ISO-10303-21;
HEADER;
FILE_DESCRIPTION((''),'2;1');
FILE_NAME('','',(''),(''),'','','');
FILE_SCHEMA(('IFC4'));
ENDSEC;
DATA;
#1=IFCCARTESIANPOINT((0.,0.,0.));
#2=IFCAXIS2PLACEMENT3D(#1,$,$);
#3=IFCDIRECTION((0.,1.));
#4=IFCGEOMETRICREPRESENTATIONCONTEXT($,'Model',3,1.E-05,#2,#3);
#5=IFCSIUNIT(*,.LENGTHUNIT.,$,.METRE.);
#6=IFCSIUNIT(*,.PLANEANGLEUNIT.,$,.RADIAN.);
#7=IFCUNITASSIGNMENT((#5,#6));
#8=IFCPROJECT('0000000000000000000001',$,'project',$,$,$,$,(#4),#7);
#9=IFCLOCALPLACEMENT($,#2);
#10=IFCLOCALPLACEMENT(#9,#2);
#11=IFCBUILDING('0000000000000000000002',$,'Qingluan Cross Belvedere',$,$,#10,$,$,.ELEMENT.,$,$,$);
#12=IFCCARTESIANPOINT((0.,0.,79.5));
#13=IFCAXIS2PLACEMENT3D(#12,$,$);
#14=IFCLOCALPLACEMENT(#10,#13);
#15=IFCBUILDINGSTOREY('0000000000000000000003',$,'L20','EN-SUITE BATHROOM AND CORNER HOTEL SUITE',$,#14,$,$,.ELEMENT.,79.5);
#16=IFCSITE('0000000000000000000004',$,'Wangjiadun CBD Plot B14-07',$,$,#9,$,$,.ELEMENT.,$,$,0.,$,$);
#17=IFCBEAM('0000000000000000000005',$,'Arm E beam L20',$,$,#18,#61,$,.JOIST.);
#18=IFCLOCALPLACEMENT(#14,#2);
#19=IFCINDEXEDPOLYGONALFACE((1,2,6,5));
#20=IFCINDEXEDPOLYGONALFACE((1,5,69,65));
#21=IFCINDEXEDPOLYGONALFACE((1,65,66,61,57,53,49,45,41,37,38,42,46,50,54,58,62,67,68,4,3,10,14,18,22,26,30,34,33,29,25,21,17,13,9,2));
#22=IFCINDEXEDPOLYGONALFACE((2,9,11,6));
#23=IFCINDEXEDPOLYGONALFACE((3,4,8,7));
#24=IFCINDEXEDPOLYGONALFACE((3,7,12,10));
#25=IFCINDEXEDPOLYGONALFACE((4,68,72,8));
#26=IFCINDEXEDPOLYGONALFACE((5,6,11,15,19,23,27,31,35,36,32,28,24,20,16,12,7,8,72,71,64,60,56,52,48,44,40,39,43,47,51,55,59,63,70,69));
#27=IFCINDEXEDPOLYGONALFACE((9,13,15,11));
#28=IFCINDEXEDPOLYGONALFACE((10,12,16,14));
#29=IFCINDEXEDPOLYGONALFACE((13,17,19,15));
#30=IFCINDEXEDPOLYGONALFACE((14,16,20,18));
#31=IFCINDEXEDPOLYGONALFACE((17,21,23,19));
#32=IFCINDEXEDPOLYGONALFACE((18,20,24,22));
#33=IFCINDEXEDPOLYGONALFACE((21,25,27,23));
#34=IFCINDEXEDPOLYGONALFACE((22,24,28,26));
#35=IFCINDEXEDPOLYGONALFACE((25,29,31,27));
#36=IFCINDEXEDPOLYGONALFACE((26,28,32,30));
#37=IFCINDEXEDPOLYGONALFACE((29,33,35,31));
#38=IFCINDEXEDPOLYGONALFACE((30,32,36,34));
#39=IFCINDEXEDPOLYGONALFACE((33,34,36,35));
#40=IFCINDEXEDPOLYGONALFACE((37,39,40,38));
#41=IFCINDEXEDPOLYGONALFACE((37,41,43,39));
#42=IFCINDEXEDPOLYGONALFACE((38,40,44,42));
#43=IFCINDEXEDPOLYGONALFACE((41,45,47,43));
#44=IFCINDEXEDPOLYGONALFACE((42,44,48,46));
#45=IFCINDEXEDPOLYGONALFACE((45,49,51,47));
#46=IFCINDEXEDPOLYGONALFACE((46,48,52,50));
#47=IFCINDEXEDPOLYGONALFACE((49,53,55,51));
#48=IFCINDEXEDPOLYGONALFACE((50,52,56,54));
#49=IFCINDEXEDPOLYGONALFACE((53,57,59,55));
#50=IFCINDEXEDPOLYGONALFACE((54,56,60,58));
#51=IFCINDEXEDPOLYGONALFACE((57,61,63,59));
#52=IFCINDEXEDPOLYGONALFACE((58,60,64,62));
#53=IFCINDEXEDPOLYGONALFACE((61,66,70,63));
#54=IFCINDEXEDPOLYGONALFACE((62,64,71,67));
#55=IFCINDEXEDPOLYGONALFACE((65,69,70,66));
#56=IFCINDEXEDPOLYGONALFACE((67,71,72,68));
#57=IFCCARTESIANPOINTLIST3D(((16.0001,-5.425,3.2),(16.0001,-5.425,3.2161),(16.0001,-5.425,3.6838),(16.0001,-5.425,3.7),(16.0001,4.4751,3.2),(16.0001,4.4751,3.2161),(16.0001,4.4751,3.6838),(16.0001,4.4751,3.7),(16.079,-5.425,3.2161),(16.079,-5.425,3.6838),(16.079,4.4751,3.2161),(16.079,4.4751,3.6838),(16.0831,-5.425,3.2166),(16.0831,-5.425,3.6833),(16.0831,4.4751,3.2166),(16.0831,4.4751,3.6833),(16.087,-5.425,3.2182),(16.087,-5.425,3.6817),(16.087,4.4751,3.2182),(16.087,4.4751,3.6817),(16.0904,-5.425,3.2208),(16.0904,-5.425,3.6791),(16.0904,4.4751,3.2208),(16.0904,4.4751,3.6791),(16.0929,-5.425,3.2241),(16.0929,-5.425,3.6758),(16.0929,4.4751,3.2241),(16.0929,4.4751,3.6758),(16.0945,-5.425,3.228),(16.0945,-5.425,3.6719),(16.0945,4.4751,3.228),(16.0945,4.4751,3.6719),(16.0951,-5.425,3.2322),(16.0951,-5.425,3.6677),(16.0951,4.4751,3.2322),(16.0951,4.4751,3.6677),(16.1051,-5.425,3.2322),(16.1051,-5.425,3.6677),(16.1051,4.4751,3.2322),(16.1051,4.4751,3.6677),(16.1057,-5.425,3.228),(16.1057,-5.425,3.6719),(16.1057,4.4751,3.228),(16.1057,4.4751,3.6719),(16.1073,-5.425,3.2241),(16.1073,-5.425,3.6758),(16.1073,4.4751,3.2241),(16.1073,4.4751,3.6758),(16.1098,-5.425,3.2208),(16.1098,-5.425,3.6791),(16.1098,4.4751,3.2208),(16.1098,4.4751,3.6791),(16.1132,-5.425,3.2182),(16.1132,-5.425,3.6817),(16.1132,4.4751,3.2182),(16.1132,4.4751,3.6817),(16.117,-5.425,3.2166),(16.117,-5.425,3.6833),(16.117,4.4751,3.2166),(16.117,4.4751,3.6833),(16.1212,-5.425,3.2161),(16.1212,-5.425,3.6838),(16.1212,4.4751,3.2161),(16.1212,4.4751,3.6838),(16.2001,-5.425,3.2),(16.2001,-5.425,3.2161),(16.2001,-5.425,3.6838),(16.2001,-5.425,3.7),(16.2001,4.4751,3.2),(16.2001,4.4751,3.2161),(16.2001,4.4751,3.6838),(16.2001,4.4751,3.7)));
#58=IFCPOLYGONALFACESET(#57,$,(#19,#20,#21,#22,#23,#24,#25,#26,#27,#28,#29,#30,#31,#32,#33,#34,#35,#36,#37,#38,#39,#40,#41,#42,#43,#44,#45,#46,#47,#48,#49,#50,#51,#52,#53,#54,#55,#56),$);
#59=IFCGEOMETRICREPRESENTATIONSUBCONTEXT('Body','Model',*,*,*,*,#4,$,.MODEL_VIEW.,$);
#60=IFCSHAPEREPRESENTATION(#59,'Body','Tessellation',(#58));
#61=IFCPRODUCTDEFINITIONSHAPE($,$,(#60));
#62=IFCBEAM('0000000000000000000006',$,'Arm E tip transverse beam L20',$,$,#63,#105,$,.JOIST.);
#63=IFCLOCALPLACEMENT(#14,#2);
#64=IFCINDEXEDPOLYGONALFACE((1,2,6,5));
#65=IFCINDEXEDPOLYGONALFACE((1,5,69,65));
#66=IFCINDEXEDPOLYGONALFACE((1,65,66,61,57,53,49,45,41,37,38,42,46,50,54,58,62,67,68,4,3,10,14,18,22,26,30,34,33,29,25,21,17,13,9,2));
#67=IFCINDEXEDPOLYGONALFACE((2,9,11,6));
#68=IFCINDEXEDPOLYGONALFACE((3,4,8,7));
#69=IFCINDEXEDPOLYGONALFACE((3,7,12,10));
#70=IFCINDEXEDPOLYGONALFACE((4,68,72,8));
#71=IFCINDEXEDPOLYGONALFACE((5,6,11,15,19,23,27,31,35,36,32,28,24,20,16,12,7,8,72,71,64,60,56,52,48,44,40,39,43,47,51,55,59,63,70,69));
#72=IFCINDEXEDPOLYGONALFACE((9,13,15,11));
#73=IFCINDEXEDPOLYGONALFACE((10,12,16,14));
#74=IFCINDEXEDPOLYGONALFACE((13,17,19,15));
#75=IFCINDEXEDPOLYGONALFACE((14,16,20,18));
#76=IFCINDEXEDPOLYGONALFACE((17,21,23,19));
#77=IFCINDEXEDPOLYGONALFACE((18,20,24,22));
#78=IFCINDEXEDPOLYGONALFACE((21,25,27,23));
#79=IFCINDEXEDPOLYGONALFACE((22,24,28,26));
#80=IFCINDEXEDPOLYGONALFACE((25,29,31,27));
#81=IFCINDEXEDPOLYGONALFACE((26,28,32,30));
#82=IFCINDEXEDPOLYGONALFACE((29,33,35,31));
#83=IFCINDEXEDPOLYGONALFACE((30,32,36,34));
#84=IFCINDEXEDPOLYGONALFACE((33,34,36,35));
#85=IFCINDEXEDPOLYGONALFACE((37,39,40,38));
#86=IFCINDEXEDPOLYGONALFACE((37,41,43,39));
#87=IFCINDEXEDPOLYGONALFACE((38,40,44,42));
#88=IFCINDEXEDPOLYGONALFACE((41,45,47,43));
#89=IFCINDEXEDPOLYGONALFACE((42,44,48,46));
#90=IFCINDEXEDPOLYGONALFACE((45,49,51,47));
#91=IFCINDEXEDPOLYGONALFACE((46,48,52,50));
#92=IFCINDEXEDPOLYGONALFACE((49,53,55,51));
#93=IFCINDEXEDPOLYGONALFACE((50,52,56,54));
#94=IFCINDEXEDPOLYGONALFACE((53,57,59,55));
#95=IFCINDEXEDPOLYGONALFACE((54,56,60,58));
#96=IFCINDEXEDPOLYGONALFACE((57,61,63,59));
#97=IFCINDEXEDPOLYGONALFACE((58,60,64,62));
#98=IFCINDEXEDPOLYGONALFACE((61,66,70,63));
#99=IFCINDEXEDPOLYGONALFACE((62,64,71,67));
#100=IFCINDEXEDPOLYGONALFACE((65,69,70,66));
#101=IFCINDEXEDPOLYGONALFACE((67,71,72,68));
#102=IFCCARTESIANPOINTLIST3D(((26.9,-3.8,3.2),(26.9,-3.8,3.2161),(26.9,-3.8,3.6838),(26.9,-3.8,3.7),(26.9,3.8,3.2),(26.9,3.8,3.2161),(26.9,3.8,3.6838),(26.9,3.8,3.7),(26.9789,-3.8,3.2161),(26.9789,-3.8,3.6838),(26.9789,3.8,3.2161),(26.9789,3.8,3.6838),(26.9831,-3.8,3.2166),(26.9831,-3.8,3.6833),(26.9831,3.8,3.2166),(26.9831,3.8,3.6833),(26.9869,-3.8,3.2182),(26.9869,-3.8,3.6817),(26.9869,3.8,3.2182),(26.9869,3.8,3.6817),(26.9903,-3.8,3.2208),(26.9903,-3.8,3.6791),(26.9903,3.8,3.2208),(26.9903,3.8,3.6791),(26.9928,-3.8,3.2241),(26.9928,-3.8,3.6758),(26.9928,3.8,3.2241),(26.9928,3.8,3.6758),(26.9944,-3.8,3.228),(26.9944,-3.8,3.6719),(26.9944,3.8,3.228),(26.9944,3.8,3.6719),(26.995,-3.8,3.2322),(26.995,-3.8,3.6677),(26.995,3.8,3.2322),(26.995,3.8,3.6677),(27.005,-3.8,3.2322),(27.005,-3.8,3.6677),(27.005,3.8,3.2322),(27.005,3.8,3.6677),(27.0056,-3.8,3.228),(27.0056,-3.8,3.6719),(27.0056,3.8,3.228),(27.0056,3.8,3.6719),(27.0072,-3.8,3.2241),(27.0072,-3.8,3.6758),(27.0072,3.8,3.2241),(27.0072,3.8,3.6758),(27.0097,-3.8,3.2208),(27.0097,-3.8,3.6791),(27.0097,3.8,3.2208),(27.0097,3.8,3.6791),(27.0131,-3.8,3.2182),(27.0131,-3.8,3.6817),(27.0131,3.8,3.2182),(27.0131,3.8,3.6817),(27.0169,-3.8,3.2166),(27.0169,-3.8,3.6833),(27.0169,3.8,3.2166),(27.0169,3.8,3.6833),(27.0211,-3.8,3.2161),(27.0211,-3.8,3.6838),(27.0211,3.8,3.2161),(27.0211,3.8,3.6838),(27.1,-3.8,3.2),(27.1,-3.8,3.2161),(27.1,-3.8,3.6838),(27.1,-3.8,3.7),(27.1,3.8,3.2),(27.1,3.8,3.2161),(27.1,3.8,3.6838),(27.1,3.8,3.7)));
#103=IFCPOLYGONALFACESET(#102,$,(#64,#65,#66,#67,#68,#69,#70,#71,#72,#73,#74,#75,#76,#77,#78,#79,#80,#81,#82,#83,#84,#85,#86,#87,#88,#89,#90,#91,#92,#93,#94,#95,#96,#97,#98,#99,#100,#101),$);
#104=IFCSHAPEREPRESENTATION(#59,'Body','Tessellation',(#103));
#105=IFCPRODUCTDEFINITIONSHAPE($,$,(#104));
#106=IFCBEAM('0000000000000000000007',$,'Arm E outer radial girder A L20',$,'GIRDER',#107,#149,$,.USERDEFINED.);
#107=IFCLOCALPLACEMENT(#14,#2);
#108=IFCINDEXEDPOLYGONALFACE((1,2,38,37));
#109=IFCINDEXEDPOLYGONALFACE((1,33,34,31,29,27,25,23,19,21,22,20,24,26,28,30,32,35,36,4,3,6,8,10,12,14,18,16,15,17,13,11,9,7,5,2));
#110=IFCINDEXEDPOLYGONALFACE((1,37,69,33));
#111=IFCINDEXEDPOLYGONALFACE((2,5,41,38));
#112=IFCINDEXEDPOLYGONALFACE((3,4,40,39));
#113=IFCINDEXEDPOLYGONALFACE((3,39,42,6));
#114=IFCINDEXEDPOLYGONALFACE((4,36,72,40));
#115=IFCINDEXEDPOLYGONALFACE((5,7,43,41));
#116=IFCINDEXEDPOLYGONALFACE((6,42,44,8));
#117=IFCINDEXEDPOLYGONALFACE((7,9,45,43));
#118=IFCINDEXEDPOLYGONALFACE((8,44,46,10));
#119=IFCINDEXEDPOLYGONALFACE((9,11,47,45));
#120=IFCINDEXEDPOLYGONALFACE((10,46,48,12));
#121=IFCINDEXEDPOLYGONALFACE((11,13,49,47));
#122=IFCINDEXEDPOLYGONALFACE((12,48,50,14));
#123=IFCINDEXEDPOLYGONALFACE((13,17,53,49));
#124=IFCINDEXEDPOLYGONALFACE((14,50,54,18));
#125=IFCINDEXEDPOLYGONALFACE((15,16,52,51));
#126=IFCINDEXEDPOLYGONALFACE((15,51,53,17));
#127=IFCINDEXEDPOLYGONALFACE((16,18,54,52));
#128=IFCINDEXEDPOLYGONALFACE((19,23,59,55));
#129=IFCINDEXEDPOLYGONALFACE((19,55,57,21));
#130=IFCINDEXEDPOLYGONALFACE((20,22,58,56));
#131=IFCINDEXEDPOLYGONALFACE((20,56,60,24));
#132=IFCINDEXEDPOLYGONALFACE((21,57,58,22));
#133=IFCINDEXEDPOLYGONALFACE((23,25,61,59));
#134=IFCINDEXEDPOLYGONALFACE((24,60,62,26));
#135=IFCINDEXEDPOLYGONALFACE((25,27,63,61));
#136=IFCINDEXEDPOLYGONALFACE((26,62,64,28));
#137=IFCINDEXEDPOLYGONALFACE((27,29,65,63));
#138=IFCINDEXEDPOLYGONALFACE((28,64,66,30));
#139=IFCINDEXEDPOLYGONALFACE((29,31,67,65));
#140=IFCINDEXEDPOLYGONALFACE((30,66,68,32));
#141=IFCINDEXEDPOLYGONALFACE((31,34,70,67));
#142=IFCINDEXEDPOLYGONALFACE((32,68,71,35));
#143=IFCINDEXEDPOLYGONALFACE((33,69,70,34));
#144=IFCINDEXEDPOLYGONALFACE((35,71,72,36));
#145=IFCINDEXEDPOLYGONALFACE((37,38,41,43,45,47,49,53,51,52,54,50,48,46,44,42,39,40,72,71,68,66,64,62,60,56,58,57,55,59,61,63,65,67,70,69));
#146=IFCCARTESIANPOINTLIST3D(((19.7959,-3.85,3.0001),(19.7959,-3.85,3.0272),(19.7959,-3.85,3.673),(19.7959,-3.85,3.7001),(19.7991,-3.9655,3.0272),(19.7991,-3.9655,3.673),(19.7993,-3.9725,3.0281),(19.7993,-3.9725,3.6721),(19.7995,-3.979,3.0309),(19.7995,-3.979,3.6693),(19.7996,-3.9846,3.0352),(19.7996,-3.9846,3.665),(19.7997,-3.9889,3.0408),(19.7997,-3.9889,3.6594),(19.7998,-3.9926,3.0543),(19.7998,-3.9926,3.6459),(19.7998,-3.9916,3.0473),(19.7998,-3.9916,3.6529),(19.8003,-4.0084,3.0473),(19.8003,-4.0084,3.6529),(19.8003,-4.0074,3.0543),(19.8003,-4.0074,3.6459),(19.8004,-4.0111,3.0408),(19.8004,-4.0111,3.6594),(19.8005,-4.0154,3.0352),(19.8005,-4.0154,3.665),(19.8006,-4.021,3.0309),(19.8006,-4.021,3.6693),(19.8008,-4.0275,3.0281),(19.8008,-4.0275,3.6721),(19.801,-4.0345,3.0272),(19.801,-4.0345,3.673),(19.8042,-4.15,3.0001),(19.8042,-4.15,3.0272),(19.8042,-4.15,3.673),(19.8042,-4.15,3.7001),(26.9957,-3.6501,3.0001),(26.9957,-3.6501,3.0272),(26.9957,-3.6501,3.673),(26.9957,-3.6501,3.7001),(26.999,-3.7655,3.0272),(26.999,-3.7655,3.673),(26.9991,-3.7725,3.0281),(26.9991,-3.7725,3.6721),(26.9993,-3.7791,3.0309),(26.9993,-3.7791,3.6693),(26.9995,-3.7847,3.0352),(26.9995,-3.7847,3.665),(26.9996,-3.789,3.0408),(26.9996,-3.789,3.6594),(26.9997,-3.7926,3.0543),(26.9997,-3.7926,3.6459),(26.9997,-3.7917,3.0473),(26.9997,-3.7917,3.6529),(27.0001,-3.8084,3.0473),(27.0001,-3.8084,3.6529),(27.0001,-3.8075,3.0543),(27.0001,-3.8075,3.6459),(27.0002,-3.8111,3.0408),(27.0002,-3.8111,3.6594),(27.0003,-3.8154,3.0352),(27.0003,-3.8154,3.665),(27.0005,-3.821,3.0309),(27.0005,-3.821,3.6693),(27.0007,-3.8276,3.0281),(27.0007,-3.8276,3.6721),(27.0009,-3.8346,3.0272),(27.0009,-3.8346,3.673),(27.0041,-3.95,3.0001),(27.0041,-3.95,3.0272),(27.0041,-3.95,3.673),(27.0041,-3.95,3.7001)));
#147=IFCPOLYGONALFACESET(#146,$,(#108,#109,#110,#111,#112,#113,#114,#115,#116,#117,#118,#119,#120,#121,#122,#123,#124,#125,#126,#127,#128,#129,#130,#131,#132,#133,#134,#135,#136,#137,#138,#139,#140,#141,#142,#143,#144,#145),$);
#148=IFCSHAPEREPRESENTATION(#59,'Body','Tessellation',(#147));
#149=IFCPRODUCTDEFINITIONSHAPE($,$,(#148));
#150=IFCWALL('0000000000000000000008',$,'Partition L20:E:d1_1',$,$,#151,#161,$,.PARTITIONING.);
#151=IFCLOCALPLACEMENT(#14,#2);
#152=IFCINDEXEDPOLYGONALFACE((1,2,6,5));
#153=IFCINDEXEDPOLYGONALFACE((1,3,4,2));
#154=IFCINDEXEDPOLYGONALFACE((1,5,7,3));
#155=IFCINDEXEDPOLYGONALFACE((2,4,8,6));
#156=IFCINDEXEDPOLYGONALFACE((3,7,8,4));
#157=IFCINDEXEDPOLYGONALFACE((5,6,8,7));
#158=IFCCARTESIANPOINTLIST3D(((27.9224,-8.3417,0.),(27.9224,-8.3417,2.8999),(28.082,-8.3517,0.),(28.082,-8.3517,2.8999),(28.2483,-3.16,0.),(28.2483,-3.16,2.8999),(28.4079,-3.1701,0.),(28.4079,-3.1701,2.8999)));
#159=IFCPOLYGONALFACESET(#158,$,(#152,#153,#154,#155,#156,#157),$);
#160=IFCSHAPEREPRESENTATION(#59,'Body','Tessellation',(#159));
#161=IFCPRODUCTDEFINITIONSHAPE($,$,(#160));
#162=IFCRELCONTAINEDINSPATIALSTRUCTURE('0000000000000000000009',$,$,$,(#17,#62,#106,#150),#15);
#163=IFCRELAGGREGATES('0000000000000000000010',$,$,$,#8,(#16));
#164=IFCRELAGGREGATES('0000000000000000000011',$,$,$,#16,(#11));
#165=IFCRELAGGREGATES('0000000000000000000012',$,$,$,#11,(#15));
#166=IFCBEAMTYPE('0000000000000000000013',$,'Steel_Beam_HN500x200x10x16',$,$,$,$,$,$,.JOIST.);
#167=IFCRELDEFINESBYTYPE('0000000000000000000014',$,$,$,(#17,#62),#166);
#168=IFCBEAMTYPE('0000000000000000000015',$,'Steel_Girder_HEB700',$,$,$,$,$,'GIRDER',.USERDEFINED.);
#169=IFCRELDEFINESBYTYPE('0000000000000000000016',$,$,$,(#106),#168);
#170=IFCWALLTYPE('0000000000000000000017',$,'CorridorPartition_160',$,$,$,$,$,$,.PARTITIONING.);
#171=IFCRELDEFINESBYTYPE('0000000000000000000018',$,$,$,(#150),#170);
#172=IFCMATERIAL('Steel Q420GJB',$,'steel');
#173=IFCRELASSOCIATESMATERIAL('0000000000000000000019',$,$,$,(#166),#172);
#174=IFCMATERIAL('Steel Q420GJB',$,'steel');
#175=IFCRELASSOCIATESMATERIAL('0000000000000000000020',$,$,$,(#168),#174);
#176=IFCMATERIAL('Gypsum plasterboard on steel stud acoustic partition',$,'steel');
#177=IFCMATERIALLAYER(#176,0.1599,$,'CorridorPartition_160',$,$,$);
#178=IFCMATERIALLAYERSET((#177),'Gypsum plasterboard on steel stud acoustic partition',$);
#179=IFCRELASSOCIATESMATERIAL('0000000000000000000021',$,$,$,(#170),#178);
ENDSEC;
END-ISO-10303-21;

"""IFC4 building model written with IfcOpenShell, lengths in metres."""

from ifc_helpers import new_model, si_unit, direction, frame, frame_2d, origin, origin_2d, place, context, subcontext, project, spatial, rectangle, i_section, extrude, material, layer, layer_set, material_profile, profile_set, type_object, element, save


model = new_model("IFC4")

# Units and contexts
model_context = context("Model", 3, precision=1e-05, world=origin(), true_north=direction((0.0, 1.0)))
body_context = subcontext(model_context, "Body", "Model", "MODEL_VIEW")
ifc_project = project(units=[si_unit("LENGTHUNIT", "METRE"), si_unit("PLANEANGLEUNIT", "RADIAN")], contexts=[model_context])

# Site, building, storey
site_placement = place(None, origin())
site = spatial("IfcSite", under=ifc_project, at=site_placement, Name="Wangjiadun CBD Plot B14-07", CompositionType="ELEMENT", RefElevation=0.0)
building_placement = place(site_placement, origin())
building = spatial("IfcBuilding", under=site, at=building_placement, Name="Qingluan Cross Belvedere", CompositionType="ELEMENT")
storey_placement = place(building_placement, frame((0.0, 0.0, 79.5)))
storey = spatial("IfcBuildingStorey", under=building, at=storey_placement, Name="L20", Description="EN-SUITE BATHROOM AND CORNER HOTEL SUITE", CompositionType="ELEMENT", Elevation=79.5)

# Beams
ifc_material_1 = material(Name="Steel Q420GJB", Category="steel")
ifc_material_profile_1 = material_profile(ifc_material_1, i_section(OverallWidth=0.2, OverallDepth=0.5, WebThickness=0.01, FlangeThickness=0.0161, FilletRadius=0.0161, at=origin_2d()), Name="HN500x200x10x16")
ifc_profile_set_1 = profile_set([ifc_material_profile_1], Name="Steel Q420GJB")
beam_type_1 = type_object("IfcBeamType", Name="Steel_Beam_HN500x200x10x16", PredefinedType="JOIST", material=ifc_profile_set_1)
beam_1_placement = place(storey_placement, frame((16.1001, -5.425, 3.45), z_axis=(0.0, 1.0, 0.0), x_axis=(-1.0, 0.0, 0.0)))
element("IfcBeam", 1, at=beam_1_placement, inside=storey, type_object=beam_type_1, Name="Arm E beam L20", PredefinedType="JOIST", context=body_context, shape_type="SweptSolid", body=[
    extrude(i_section(OverallWidth=0.2, OverallDepth=0.5, WebThickness=0.01, FlangeThickness=0.0161, FilletRadius=0.0161, at=origin_2d()), origin(), (0.0, 0.0, 1.0), 9.9001),
])
beam_2_placement = place(storey_placement, frame((27.0, -3.8, 3.45), z_axis=(0.0, 1.0, 0.0), x_axis=(-1.0, 0.0, 0.0)))
element("IfcBeam", 2, at=beam_2_placement, inside=storey, type_object=beam_type_1, Name="Arm E tip transverse beam L20", PredefinedType="JOIST", context=body_context, shape_type="SweptSolid", body=[
    extrude(i_section(OverallWidth=0.2, OverallDepth=0.5, WebThickness=0.01, FlangeThickness=0.0161, FilletRadius=0.0161, at=origin_2d()), origin(), (0.0, 0.0, 1.0), 7.6001),
])
ifc_material_2 = material(Name="Steel Q420GJB", Category="steel")
ifc_material_profile_2 = material_profile(ifc_material_2, i_section(OverallWidth=0.3, OverallDepth=0.7, WebThickness=0.0149, FlangeThickness=0.0271, FilletRadius=0.0271, at=origin_2d()), Name="HEB700")
ifc_profile_set_2 = profile_set([ifc_material_profile_2], Name="Steel Q420GJB")
beam_type_2 = type_object("IfcBeamType", Name="Steel_Girder_HEB700", ElementType="GIRDER", PredefinedType="USERDEFINED", material=ifc_profile_set_2)
beam_3_placement = place(storey_placement, frame((19.8, -4.0, 3.3501), z_axis=(0.999615, 0.02776, 0.0), x_axis=(-0.02776, 0.999615, 0.0)))
element("IfcBeam", 3, at=beam_3_placement, inside=storey, type_object=beam_type_2, Name="Arm E outer radial girder A L20", ObjectType="GIRDER", PredefinedType="USERDEFINED", context=body_context, shape_type="SweptSolid", body=[
    extrude(i_section(OverallWidth=0.3, OverallDepth=0.7, WebThickness=0.0149, FlangeThickness=0.0271, FilletRadius=0.0271, at=origin_2d()), origin(), (0.0, 0.0, 1.0), 7.2026),
])

# Wall
ifc_material_3 = material(Name="Gypsum plasterboard on steel stud acoustic partition", Category="steel")
ifc_layer_1 = layer(ifc_material_3, 0.1599, Name="CorridorPartition_160")
ifc_layer_set_1 = layer_set([ifc_layer_1], Name="Gypsum plasterboard on steel stud acoustic partition")
wall_type_1 = type_object("IfcWallType", Name="CorridorPartition_160", PredefinedType="PARTITIONING", material=ifc_layer_set_1)
wall_1_placement = place(storey_placement, frame((28.3281, -3.165, 0.0), z_axis=(0.0, 0.0, 1.0), x_axis=(-0.062776, -0.998028, 0.0)))
element("IfcWall", 4, at=wall_1_placement, inside=storey, type_object=wall_type_1, Name="Partition L20:E:d1_1", PredefinedType="PARTITIONING", context=body_context, shape_type="SweptSolid", body=[
    extrude(rectangle(XDim=5.1919, YDim=0.1599, at=frame_2d((2.5959, 0.0))), origin(), (0.0, 0.0, 1.0), 2.8999),
])

save(model, "model.ifc")
